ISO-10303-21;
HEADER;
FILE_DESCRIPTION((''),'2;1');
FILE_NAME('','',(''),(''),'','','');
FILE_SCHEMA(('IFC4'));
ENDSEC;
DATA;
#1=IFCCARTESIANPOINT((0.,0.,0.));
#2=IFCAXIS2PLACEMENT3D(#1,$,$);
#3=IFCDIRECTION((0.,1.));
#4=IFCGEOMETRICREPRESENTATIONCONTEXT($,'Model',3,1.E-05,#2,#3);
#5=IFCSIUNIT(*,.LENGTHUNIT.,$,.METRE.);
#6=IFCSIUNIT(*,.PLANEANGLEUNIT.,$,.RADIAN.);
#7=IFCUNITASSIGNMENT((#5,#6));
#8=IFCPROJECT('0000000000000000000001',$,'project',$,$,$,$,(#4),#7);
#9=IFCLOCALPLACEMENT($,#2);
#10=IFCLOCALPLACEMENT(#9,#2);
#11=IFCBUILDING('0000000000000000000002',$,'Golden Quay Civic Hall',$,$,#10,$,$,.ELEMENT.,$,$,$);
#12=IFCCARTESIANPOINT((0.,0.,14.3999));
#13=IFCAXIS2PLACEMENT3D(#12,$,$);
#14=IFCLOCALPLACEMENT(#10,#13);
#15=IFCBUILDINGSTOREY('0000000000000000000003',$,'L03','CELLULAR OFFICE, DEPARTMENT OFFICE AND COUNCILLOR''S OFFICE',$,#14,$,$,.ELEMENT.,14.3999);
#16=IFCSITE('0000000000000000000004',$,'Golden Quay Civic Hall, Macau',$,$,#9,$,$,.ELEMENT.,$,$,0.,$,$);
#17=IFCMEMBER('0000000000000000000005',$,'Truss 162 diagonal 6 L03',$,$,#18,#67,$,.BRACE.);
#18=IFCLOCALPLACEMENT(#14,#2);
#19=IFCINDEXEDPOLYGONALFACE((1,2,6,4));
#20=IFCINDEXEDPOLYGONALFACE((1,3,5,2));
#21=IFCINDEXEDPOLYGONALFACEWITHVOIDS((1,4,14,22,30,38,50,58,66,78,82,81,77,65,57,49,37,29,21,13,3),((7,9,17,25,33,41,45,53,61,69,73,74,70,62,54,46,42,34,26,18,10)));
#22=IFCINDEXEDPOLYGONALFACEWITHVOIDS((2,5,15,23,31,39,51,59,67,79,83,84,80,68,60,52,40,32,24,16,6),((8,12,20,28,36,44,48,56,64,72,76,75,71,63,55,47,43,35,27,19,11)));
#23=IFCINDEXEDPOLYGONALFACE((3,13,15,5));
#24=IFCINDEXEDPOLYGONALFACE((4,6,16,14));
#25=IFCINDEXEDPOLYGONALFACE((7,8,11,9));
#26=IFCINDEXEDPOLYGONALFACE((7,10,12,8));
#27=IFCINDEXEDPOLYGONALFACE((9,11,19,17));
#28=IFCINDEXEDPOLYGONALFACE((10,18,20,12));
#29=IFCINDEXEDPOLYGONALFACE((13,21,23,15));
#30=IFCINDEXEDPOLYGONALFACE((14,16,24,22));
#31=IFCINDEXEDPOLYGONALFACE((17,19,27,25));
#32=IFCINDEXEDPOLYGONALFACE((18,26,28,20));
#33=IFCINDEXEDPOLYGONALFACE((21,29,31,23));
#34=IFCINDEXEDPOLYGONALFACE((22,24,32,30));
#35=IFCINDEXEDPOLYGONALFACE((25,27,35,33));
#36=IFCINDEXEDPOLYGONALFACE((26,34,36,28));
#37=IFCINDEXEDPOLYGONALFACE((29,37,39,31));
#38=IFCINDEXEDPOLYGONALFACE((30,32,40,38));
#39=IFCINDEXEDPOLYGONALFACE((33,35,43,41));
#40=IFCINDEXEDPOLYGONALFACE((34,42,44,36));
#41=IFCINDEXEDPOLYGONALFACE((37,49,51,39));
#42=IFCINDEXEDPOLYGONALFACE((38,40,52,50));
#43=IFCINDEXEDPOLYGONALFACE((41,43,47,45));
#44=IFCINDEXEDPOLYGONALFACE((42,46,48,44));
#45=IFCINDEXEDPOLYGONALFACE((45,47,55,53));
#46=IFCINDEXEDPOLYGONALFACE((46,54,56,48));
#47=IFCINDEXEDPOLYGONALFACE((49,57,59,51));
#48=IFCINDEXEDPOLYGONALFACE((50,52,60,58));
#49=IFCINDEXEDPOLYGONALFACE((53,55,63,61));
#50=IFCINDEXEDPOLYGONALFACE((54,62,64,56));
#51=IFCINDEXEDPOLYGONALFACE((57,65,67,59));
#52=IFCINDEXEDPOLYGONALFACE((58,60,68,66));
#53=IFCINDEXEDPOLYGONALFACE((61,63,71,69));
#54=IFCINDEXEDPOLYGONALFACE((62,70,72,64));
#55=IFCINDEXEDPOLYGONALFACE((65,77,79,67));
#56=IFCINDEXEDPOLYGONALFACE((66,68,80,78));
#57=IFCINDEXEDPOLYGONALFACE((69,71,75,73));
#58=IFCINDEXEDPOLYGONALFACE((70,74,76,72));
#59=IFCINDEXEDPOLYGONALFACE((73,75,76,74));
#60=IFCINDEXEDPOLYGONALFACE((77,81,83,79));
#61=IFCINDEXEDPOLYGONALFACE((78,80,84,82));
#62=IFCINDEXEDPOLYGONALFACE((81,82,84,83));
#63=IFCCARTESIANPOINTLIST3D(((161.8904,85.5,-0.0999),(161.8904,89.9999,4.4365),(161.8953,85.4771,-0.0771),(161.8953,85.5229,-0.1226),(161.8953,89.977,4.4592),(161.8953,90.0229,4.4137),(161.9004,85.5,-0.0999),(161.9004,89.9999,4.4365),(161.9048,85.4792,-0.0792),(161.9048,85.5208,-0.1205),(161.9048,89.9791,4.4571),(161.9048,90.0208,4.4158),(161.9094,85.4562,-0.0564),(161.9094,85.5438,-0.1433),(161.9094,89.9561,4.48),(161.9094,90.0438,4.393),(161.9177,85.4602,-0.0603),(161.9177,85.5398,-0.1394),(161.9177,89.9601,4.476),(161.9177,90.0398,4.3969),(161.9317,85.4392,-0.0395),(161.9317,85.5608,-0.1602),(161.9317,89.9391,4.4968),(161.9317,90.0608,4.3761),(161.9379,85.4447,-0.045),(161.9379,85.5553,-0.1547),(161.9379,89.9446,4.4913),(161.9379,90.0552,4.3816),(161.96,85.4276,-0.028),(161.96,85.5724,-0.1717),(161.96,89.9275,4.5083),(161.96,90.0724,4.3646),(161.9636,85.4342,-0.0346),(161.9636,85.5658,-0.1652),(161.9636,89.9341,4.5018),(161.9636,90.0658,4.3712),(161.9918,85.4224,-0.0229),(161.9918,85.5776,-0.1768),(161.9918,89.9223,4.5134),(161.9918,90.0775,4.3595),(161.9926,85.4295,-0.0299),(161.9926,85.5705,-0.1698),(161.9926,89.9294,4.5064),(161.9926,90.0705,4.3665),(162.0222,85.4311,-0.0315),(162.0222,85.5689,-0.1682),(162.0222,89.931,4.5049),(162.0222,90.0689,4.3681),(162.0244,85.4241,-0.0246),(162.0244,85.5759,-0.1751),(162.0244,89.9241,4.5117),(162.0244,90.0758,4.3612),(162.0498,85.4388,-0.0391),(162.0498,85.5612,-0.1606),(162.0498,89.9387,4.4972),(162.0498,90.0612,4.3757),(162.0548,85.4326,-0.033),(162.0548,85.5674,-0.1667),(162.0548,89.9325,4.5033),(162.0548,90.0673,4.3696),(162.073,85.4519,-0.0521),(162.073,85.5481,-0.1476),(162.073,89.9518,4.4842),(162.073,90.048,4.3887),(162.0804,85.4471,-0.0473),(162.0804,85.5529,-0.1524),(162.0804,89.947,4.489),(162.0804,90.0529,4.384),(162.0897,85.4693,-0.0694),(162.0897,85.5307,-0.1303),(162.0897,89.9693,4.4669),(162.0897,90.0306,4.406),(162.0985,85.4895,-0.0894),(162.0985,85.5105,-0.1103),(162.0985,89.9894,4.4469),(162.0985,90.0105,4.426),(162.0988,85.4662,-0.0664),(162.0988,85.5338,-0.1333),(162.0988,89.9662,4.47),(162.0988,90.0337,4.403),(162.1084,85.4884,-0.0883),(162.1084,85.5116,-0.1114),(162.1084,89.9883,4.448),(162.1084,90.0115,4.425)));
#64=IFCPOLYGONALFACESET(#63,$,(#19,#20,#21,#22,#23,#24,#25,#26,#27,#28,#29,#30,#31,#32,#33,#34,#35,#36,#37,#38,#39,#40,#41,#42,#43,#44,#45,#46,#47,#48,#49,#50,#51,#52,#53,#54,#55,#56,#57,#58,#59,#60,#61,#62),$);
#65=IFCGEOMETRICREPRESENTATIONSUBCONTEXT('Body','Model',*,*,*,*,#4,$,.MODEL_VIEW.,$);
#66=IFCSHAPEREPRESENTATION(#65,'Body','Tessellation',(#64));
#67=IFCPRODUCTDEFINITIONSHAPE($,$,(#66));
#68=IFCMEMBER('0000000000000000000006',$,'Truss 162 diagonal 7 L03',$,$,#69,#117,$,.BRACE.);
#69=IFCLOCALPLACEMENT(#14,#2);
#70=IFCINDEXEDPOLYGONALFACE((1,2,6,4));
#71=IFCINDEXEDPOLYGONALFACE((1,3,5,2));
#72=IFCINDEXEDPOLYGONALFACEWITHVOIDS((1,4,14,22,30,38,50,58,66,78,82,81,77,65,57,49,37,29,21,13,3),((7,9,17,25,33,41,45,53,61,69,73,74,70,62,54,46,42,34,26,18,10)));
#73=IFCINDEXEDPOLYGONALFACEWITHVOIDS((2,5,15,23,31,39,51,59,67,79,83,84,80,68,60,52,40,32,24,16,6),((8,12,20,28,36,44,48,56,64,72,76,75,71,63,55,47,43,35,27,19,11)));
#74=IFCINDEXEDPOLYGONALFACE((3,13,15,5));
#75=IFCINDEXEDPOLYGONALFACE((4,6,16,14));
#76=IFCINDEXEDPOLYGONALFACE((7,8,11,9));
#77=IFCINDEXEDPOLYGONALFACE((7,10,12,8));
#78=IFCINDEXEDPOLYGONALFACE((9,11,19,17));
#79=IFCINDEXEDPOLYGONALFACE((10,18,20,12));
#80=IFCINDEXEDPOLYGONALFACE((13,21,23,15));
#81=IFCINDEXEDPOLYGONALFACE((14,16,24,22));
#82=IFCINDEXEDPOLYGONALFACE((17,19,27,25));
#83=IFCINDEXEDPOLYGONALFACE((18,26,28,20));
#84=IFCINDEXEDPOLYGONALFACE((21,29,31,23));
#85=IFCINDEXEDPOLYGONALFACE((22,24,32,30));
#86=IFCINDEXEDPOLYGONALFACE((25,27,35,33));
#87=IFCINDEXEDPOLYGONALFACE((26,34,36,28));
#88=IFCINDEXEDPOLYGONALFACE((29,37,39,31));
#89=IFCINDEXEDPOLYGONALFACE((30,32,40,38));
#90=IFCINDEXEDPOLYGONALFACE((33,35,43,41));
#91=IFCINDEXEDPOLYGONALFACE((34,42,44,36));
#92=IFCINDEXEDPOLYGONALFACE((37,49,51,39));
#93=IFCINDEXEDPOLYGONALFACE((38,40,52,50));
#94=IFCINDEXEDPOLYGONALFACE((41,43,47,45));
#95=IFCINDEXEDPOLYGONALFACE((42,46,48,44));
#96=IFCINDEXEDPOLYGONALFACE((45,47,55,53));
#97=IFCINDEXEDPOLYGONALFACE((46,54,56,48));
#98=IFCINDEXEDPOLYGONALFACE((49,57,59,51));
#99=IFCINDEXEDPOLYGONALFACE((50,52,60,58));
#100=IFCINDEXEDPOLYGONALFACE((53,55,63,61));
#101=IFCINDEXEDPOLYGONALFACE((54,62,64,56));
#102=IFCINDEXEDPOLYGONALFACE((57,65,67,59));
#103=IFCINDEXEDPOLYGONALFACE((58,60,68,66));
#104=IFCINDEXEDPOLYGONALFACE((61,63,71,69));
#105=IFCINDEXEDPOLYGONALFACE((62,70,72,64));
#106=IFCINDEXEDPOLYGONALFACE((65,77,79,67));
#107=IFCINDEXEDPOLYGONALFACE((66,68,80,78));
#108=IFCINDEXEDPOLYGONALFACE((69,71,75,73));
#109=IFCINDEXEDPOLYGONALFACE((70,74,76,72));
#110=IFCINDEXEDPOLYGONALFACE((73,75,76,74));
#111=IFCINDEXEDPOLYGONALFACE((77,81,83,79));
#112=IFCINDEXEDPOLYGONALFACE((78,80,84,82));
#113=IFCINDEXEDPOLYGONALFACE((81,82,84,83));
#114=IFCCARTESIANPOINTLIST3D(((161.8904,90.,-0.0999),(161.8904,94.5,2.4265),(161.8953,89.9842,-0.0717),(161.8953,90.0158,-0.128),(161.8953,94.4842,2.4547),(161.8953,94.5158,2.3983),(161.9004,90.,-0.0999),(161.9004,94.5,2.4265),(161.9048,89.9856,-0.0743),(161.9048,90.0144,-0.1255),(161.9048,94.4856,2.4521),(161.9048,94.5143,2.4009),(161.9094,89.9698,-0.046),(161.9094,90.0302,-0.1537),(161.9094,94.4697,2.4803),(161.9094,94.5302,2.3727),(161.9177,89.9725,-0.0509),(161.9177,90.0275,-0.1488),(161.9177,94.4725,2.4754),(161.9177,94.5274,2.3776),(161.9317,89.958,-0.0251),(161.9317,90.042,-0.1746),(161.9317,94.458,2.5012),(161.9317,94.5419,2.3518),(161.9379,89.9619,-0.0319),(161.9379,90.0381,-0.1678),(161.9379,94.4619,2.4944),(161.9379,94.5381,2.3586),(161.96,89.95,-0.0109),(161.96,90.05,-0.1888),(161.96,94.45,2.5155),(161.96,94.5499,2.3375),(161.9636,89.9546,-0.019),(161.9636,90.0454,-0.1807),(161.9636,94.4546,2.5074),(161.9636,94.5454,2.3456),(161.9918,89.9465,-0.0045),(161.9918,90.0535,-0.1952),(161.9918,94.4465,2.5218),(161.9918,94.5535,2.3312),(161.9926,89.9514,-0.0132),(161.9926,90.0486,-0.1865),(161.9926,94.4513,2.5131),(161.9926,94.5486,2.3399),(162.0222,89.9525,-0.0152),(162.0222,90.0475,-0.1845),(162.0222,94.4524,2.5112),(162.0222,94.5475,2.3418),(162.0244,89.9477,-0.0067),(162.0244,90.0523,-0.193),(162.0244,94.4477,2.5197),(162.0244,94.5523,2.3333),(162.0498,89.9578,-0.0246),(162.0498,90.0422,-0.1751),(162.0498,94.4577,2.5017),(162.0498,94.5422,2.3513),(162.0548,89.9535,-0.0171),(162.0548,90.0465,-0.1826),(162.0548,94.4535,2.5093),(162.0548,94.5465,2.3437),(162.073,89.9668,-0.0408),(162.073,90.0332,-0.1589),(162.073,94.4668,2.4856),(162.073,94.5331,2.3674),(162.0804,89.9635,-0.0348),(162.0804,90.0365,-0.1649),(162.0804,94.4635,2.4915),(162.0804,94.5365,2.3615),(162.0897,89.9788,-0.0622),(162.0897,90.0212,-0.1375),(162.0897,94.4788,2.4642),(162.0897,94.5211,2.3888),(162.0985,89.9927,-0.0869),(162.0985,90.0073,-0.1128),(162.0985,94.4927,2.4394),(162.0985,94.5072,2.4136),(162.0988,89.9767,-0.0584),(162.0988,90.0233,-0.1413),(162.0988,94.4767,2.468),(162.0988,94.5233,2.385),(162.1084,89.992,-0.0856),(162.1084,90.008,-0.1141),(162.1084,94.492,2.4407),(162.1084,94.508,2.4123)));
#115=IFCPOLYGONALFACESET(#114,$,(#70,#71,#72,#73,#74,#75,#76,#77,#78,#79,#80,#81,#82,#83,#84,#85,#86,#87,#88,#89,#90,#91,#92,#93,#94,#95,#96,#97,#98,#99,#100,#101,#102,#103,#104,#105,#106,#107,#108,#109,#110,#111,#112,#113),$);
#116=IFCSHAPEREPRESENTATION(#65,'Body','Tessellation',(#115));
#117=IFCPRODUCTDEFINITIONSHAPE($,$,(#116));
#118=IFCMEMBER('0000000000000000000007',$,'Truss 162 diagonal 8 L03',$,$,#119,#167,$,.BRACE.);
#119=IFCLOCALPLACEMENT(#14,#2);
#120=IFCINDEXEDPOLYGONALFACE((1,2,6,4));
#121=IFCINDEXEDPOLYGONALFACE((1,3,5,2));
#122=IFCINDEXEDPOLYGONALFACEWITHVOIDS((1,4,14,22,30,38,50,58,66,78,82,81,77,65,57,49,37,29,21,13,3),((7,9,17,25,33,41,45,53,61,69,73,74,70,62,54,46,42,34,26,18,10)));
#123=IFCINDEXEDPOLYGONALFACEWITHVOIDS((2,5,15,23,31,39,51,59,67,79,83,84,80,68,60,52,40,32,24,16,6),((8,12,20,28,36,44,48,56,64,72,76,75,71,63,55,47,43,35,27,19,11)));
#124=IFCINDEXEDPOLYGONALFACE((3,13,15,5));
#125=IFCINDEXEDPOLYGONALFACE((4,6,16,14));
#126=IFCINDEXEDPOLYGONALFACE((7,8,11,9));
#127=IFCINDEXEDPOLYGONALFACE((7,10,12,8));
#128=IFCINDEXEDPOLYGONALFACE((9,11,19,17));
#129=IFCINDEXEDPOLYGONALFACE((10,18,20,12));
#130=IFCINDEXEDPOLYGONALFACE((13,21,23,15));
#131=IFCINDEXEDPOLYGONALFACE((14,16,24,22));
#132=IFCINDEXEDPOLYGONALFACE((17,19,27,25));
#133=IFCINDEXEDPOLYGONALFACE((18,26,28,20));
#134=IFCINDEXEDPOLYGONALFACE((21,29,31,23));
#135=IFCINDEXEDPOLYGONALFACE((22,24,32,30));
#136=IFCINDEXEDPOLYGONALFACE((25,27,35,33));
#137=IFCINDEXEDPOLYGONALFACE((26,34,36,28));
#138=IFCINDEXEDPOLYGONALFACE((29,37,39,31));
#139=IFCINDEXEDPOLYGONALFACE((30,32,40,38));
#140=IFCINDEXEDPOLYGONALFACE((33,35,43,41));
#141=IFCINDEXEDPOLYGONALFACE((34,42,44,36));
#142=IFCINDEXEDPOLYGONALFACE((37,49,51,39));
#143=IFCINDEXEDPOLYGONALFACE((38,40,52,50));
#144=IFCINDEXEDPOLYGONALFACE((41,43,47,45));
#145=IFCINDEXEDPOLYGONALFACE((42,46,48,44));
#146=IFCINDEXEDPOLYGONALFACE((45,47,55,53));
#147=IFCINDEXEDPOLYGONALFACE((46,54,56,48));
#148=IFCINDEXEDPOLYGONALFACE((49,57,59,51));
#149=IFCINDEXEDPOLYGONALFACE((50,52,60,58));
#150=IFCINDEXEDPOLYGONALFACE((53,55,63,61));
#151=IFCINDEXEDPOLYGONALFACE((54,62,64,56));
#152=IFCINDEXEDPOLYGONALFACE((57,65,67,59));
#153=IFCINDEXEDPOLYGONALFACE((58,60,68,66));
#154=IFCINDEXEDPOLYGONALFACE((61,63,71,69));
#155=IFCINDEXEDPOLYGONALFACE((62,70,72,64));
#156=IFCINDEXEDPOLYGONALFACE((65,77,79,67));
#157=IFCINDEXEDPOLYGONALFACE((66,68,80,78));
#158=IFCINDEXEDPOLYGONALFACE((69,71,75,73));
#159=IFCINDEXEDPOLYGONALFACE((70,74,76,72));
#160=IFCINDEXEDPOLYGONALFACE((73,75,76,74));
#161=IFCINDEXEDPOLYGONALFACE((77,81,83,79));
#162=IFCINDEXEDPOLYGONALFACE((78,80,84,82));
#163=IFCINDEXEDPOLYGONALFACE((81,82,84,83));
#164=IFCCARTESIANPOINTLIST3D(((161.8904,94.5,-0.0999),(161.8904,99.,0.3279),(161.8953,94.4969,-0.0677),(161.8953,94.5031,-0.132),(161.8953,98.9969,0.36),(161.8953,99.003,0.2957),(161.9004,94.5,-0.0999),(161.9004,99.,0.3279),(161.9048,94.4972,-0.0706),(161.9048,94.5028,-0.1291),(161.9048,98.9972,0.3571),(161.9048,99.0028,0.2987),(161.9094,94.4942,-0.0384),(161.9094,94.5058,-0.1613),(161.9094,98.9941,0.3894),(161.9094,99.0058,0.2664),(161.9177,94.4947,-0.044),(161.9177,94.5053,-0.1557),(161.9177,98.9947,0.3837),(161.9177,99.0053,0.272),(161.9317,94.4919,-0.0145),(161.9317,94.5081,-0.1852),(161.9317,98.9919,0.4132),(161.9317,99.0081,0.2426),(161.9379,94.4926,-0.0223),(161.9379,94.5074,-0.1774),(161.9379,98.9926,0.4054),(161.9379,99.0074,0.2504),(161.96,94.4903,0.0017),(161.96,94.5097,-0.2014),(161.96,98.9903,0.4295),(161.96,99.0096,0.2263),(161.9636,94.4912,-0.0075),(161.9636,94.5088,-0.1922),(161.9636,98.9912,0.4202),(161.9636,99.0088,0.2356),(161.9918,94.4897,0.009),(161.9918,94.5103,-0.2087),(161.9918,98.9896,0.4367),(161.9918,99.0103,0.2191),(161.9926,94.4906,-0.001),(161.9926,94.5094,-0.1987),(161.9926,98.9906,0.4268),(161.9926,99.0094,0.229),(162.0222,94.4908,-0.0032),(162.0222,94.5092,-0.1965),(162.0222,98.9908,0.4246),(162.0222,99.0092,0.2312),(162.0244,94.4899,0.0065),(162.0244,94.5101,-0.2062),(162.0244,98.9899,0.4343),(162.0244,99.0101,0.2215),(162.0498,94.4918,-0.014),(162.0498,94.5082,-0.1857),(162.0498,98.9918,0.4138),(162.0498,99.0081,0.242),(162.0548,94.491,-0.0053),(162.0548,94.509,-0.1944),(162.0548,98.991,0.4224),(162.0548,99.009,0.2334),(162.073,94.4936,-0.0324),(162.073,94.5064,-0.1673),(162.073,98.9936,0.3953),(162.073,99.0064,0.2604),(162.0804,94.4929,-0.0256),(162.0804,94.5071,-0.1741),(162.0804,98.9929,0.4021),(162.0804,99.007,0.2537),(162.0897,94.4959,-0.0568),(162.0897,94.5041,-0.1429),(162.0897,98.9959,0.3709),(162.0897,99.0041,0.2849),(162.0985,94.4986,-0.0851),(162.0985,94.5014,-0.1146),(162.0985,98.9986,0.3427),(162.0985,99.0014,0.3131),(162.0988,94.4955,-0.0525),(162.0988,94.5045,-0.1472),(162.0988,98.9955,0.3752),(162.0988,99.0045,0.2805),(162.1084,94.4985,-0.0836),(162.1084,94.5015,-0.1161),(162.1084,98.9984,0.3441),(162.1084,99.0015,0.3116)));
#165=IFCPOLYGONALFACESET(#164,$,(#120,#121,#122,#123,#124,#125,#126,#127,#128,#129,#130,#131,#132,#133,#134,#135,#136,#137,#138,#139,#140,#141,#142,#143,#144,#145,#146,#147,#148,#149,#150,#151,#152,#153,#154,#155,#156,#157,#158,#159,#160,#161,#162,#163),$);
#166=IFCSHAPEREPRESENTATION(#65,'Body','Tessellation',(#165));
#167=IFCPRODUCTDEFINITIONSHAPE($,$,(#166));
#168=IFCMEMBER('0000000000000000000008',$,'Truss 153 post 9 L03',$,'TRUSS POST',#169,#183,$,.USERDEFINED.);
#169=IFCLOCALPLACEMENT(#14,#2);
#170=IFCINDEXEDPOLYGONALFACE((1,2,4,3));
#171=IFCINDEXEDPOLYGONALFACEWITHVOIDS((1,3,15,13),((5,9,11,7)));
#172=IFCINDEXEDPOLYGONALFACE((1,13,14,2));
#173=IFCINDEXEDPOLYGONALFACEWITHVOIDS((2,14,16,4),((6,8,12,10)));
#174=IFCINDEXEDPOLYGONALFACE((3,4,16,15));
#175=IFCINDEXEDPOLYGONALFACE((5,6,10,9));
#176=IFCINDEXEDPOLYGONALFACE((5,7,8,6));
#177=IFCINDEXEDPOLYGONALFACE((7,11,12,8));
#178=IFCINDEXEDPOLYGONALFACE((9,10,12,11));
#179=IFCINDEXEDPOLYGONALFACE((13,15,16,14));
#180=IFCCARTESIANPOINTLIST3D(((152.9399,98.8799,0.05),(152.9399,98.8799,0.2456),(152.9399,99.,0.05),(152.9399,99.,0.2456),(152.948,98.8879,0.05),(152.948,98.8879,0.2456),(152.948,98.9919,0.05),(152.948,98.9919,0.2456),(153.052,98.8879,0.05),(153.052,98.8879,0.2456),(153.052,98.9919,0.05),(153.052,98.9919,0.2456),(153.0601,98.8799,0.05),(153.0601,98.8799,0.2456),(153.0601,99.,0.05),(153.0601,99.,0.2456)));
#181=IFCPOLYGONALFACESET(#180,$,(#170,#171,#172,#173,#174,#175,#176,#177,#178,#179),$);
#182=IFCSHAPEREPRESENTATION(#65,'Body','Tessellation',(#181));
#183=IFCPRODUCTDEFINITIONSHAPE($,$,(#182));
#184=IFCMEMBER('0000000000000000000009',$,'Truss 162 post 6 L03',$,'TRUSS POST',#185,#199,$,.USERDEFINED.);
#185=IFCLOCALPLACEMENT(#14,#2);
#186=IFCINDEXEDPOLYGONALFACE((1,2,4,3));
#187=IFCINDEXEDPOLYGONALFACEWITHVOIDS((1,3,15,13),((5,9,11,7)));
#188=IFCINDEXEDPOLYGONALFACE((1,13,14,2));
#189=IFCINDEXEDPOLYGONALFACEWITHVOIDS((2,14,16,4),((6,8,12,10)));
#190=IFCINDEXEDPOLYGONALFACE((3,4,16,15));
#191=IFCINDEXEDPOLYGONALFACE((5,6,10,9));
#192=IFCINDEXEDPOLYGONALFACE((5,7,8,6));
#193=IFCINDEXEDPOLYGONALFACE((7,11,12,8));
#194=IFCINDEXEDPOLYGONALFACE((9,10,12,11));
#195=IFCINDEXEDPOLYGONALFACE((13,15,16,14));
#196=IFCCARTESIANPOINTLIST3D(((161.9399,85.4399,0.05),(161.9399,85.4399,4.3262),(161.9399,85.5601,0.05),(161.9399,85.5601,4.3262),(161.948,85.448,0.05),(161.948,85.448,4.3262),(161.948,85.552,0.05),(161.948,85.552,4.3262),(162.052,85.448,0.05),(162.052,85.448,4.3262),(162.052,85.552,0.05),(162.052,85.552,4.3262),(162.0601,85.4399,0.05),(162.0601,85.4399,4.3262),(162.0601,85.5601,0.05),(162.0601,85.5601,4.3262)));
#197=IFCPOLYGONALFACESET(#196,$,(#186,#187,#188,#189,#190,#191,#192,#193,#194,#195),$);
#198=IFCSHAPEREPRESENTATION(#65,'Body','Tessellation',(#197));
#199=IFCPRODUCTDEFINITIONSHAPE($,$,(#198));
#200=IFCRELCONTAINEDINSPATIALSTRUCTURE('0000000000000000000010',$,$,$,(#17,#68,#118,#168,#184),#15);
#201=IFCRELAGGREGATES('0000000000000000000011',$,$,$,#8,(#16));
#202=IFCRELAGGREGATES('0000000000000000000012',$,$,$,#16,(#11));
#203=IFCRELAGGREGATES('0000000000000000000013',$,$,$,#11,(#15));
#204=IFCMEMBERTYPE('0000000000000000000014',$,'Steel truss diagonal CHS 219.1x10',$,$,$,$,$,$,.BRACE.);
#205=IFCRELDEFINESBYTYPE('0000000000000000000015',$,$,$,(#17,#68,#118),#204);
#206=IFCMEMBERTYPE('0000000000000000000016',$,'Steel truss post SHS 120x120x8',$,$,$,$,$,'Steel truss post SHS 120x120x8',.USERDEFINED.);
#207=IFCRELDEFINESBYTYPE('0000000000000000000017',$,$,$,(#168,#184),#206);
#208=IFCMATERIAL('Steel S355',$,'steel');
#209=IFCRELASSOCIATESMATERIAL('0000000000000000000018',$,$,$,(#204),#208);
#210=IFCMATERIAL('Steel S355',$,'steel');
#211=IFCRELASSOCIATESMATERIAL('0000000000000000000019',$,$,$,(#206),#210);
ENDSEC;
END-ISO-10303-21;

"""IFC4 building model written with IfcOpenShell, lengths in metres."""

from ifc_helpers import new_model, si_unit, direction, frame, origin, origin_2d, place, context, subcontext, project, spatial, hollow_rectangle, hollow_circle, extrude, material, material_profile, profile_set, type_object, element, save


model = new_model("IFC4")

# Units and contexts
model_context = context("Model", 3, precision=1e-05, world=origin(), true_north=direction((0.0, 1.0)))
body_context = subcontext(model_context, "Body", "Model", "MODEL_VIEW")
ifc_project = project(units=[si_unit("LENGTHUNIT", "METRE"), si_unit("PLANEANGLEUNIT", "RADIAN")], contexts=[model_context])

# Site, building, storey
site_placement = place(None, origin())
site = spatial("IfcSite", under=ifc_project, at=site_placement, Name="Golden Quay Civic Hall, Macau", CompositionType="ELEMENT", RefElevation=0.0)
building_placement = place(site_placement, origin())
building = spatial("IfcBuilding", under=site, at=building_placement, Name="Golden Quay Civic Hall", CompositionType="ELEMENT")
storey_placement = place(building_placement, frame((0.0, 0.0, 14.3999)))
storey = spatial("IfcBuildingStorey", under=building, at=storey_placement, Name="L03", Description="CELLULAR OFFICE, DEPARTMENT OFFICE AND COUNCILLOR'S OFFICE", CompositionType="ELEMENT", Elevation=14.3999)

# Members
ifc_material_1 = material(Name="Steel S355", Category="steel")
ifc_material_profile_1 = material_profile(ifc_material_1, hollow_circle(Radius=0.1096, WallThickness=0.01, at=origin_2d()), Name="CHS 219.1x10")
ifc_profile_set_1 = profile_set([ifc_material_profile_1], Name="Steel S355")
member_type_1 = type_object("IfcMemberType", Name="Steel truss diagonal CHS 219.1x10", PredefinedType="BRACE", material=ifc_profile_set_1)
member_1_placement = place(storey_placement, frame((162.0, 85.5, -0.0999), z_axis=(0.0, 0.704255, 0.709948), x_axis=(-1.0, 0.0, 0.0)))
element("IfcMember", 1, at=member_1_placement, inside=storey, type_object=member_type_1, Name="Truss 162 diagonal 6 L03", PredefinedType="BRACE", context=body_context, shape_type="SweptSolid", body=[
    extrude(hollow_circle(Radius=0.1096, WallThickness=0.01, at=origin_2d()), origin(), (0.0, 0.0, 1.0), 6.3896),
])
member_2_placement = place(storey_placement, frame((162.0, 90.0, -0.0999), z_axis=(0.0, 0.87198, 0.489542), x_axis=(-1.0, 0.0, 0.0)))
element("IfcMember", 2, at=member_2_placement, inside=storey, type_object=member_type_1, Name="Truss 162 diagonal 7 L03", PredefinedType="BRACE", context=body_context, shape_type="SweptSolid", body=[
    extrude(hollow_circle(Radius=0.1096, WallThickness=0.01, at=origin_2d()), origin(), (0.0, 0.0, 1.0), 5.1606),
])
member_3_placement = place(storey_placement, frame((162.0, 94.5, -0.0999), z_axis=(0.0, 0.995513, 0.094626), x_axis=(-1.0, 0.0, 0.0)))
element("IfcMember", 3, at=member_3_placement, inside=storey, type_object=member_type_1, Name="Truss 162 diagonal 8 L03", PredefinedType="BRACE", context=body_context, shape_type="SweptSolid", body=[
    extrude(hollow_circle(Radius=0.1096, WallThickness=0.01, at=origin_2d()), origin(), (0.0, 0.0, 1.0), 4.5203),
])
ifc_material_2 = material(Name="Steel S355", Category="steel")
ifc_material_profile_2 = material_profile(ifc_material_2, hollow_rectangle(XDim=0.1201, YDim=0.1201, WallThickness=0.0081, at=origin_2d()), Name="SHS 120x120x8")
ifc_profile_set_2 = profile_set([ifc_material_profile_2], Name="Steel S355")
member_type_2 = type_object("IfcMemberType", Name="Steel truss post SHS 120x120x8", ElementType="Steel truss post SHS 120x120x8", PredefinedType="USERDEFINED", material=ifc_profile_set_2)
member_4_placement = place(storey_placement, frame((153.0, 98.9399, 0.05), z_axis=(0.0, 0.0, 1.0), x_axis=(1.0, 0.0, 0.0)))
element("IfcMember", 4, at=member_4_placement, inside=storey, type_object=member_type_2, Name="Truss 153 post 9 L03", ObjectType="TRUSS POST", PredefinedType="USERDEFINED", context=body_context, shape_type="SweptSolid", body=[
    extrude(hollow_rectangle(XDim=0.1201, YDim=0.1201, WallThickness=0.0081, at=origin_2d()), origin(), (0.0, 0.0, 1.0), 0.1956),
])
for number, where, z_axis, x_axis, name in (
    (5, (162.0, 85.5, 0.05), (0.0, 0.0, 1.0), (1.0, 0.0, 0.0), "Truss 162 post 6 L03"),
):
    element("IfcMember", number, at=place(storey_placement, frame(where, z_axis=z_axis, x_axis=x_axis)), inside=storey, type_object=member_type_2, Name=name, ObjectType="TRUSS POST", PredefinedType="USERDEFINED", context=body_context, shape_type="SweptSolid", body=[
        extrude(hollow_rectangle(XDim=0.1201, YDim=0.1201, WallThickness=0.0081, at=origin_2d()), origin(), (0.0, 0.0, 1.0), 4.2761),
    ])

save(model, "model.ifc")
